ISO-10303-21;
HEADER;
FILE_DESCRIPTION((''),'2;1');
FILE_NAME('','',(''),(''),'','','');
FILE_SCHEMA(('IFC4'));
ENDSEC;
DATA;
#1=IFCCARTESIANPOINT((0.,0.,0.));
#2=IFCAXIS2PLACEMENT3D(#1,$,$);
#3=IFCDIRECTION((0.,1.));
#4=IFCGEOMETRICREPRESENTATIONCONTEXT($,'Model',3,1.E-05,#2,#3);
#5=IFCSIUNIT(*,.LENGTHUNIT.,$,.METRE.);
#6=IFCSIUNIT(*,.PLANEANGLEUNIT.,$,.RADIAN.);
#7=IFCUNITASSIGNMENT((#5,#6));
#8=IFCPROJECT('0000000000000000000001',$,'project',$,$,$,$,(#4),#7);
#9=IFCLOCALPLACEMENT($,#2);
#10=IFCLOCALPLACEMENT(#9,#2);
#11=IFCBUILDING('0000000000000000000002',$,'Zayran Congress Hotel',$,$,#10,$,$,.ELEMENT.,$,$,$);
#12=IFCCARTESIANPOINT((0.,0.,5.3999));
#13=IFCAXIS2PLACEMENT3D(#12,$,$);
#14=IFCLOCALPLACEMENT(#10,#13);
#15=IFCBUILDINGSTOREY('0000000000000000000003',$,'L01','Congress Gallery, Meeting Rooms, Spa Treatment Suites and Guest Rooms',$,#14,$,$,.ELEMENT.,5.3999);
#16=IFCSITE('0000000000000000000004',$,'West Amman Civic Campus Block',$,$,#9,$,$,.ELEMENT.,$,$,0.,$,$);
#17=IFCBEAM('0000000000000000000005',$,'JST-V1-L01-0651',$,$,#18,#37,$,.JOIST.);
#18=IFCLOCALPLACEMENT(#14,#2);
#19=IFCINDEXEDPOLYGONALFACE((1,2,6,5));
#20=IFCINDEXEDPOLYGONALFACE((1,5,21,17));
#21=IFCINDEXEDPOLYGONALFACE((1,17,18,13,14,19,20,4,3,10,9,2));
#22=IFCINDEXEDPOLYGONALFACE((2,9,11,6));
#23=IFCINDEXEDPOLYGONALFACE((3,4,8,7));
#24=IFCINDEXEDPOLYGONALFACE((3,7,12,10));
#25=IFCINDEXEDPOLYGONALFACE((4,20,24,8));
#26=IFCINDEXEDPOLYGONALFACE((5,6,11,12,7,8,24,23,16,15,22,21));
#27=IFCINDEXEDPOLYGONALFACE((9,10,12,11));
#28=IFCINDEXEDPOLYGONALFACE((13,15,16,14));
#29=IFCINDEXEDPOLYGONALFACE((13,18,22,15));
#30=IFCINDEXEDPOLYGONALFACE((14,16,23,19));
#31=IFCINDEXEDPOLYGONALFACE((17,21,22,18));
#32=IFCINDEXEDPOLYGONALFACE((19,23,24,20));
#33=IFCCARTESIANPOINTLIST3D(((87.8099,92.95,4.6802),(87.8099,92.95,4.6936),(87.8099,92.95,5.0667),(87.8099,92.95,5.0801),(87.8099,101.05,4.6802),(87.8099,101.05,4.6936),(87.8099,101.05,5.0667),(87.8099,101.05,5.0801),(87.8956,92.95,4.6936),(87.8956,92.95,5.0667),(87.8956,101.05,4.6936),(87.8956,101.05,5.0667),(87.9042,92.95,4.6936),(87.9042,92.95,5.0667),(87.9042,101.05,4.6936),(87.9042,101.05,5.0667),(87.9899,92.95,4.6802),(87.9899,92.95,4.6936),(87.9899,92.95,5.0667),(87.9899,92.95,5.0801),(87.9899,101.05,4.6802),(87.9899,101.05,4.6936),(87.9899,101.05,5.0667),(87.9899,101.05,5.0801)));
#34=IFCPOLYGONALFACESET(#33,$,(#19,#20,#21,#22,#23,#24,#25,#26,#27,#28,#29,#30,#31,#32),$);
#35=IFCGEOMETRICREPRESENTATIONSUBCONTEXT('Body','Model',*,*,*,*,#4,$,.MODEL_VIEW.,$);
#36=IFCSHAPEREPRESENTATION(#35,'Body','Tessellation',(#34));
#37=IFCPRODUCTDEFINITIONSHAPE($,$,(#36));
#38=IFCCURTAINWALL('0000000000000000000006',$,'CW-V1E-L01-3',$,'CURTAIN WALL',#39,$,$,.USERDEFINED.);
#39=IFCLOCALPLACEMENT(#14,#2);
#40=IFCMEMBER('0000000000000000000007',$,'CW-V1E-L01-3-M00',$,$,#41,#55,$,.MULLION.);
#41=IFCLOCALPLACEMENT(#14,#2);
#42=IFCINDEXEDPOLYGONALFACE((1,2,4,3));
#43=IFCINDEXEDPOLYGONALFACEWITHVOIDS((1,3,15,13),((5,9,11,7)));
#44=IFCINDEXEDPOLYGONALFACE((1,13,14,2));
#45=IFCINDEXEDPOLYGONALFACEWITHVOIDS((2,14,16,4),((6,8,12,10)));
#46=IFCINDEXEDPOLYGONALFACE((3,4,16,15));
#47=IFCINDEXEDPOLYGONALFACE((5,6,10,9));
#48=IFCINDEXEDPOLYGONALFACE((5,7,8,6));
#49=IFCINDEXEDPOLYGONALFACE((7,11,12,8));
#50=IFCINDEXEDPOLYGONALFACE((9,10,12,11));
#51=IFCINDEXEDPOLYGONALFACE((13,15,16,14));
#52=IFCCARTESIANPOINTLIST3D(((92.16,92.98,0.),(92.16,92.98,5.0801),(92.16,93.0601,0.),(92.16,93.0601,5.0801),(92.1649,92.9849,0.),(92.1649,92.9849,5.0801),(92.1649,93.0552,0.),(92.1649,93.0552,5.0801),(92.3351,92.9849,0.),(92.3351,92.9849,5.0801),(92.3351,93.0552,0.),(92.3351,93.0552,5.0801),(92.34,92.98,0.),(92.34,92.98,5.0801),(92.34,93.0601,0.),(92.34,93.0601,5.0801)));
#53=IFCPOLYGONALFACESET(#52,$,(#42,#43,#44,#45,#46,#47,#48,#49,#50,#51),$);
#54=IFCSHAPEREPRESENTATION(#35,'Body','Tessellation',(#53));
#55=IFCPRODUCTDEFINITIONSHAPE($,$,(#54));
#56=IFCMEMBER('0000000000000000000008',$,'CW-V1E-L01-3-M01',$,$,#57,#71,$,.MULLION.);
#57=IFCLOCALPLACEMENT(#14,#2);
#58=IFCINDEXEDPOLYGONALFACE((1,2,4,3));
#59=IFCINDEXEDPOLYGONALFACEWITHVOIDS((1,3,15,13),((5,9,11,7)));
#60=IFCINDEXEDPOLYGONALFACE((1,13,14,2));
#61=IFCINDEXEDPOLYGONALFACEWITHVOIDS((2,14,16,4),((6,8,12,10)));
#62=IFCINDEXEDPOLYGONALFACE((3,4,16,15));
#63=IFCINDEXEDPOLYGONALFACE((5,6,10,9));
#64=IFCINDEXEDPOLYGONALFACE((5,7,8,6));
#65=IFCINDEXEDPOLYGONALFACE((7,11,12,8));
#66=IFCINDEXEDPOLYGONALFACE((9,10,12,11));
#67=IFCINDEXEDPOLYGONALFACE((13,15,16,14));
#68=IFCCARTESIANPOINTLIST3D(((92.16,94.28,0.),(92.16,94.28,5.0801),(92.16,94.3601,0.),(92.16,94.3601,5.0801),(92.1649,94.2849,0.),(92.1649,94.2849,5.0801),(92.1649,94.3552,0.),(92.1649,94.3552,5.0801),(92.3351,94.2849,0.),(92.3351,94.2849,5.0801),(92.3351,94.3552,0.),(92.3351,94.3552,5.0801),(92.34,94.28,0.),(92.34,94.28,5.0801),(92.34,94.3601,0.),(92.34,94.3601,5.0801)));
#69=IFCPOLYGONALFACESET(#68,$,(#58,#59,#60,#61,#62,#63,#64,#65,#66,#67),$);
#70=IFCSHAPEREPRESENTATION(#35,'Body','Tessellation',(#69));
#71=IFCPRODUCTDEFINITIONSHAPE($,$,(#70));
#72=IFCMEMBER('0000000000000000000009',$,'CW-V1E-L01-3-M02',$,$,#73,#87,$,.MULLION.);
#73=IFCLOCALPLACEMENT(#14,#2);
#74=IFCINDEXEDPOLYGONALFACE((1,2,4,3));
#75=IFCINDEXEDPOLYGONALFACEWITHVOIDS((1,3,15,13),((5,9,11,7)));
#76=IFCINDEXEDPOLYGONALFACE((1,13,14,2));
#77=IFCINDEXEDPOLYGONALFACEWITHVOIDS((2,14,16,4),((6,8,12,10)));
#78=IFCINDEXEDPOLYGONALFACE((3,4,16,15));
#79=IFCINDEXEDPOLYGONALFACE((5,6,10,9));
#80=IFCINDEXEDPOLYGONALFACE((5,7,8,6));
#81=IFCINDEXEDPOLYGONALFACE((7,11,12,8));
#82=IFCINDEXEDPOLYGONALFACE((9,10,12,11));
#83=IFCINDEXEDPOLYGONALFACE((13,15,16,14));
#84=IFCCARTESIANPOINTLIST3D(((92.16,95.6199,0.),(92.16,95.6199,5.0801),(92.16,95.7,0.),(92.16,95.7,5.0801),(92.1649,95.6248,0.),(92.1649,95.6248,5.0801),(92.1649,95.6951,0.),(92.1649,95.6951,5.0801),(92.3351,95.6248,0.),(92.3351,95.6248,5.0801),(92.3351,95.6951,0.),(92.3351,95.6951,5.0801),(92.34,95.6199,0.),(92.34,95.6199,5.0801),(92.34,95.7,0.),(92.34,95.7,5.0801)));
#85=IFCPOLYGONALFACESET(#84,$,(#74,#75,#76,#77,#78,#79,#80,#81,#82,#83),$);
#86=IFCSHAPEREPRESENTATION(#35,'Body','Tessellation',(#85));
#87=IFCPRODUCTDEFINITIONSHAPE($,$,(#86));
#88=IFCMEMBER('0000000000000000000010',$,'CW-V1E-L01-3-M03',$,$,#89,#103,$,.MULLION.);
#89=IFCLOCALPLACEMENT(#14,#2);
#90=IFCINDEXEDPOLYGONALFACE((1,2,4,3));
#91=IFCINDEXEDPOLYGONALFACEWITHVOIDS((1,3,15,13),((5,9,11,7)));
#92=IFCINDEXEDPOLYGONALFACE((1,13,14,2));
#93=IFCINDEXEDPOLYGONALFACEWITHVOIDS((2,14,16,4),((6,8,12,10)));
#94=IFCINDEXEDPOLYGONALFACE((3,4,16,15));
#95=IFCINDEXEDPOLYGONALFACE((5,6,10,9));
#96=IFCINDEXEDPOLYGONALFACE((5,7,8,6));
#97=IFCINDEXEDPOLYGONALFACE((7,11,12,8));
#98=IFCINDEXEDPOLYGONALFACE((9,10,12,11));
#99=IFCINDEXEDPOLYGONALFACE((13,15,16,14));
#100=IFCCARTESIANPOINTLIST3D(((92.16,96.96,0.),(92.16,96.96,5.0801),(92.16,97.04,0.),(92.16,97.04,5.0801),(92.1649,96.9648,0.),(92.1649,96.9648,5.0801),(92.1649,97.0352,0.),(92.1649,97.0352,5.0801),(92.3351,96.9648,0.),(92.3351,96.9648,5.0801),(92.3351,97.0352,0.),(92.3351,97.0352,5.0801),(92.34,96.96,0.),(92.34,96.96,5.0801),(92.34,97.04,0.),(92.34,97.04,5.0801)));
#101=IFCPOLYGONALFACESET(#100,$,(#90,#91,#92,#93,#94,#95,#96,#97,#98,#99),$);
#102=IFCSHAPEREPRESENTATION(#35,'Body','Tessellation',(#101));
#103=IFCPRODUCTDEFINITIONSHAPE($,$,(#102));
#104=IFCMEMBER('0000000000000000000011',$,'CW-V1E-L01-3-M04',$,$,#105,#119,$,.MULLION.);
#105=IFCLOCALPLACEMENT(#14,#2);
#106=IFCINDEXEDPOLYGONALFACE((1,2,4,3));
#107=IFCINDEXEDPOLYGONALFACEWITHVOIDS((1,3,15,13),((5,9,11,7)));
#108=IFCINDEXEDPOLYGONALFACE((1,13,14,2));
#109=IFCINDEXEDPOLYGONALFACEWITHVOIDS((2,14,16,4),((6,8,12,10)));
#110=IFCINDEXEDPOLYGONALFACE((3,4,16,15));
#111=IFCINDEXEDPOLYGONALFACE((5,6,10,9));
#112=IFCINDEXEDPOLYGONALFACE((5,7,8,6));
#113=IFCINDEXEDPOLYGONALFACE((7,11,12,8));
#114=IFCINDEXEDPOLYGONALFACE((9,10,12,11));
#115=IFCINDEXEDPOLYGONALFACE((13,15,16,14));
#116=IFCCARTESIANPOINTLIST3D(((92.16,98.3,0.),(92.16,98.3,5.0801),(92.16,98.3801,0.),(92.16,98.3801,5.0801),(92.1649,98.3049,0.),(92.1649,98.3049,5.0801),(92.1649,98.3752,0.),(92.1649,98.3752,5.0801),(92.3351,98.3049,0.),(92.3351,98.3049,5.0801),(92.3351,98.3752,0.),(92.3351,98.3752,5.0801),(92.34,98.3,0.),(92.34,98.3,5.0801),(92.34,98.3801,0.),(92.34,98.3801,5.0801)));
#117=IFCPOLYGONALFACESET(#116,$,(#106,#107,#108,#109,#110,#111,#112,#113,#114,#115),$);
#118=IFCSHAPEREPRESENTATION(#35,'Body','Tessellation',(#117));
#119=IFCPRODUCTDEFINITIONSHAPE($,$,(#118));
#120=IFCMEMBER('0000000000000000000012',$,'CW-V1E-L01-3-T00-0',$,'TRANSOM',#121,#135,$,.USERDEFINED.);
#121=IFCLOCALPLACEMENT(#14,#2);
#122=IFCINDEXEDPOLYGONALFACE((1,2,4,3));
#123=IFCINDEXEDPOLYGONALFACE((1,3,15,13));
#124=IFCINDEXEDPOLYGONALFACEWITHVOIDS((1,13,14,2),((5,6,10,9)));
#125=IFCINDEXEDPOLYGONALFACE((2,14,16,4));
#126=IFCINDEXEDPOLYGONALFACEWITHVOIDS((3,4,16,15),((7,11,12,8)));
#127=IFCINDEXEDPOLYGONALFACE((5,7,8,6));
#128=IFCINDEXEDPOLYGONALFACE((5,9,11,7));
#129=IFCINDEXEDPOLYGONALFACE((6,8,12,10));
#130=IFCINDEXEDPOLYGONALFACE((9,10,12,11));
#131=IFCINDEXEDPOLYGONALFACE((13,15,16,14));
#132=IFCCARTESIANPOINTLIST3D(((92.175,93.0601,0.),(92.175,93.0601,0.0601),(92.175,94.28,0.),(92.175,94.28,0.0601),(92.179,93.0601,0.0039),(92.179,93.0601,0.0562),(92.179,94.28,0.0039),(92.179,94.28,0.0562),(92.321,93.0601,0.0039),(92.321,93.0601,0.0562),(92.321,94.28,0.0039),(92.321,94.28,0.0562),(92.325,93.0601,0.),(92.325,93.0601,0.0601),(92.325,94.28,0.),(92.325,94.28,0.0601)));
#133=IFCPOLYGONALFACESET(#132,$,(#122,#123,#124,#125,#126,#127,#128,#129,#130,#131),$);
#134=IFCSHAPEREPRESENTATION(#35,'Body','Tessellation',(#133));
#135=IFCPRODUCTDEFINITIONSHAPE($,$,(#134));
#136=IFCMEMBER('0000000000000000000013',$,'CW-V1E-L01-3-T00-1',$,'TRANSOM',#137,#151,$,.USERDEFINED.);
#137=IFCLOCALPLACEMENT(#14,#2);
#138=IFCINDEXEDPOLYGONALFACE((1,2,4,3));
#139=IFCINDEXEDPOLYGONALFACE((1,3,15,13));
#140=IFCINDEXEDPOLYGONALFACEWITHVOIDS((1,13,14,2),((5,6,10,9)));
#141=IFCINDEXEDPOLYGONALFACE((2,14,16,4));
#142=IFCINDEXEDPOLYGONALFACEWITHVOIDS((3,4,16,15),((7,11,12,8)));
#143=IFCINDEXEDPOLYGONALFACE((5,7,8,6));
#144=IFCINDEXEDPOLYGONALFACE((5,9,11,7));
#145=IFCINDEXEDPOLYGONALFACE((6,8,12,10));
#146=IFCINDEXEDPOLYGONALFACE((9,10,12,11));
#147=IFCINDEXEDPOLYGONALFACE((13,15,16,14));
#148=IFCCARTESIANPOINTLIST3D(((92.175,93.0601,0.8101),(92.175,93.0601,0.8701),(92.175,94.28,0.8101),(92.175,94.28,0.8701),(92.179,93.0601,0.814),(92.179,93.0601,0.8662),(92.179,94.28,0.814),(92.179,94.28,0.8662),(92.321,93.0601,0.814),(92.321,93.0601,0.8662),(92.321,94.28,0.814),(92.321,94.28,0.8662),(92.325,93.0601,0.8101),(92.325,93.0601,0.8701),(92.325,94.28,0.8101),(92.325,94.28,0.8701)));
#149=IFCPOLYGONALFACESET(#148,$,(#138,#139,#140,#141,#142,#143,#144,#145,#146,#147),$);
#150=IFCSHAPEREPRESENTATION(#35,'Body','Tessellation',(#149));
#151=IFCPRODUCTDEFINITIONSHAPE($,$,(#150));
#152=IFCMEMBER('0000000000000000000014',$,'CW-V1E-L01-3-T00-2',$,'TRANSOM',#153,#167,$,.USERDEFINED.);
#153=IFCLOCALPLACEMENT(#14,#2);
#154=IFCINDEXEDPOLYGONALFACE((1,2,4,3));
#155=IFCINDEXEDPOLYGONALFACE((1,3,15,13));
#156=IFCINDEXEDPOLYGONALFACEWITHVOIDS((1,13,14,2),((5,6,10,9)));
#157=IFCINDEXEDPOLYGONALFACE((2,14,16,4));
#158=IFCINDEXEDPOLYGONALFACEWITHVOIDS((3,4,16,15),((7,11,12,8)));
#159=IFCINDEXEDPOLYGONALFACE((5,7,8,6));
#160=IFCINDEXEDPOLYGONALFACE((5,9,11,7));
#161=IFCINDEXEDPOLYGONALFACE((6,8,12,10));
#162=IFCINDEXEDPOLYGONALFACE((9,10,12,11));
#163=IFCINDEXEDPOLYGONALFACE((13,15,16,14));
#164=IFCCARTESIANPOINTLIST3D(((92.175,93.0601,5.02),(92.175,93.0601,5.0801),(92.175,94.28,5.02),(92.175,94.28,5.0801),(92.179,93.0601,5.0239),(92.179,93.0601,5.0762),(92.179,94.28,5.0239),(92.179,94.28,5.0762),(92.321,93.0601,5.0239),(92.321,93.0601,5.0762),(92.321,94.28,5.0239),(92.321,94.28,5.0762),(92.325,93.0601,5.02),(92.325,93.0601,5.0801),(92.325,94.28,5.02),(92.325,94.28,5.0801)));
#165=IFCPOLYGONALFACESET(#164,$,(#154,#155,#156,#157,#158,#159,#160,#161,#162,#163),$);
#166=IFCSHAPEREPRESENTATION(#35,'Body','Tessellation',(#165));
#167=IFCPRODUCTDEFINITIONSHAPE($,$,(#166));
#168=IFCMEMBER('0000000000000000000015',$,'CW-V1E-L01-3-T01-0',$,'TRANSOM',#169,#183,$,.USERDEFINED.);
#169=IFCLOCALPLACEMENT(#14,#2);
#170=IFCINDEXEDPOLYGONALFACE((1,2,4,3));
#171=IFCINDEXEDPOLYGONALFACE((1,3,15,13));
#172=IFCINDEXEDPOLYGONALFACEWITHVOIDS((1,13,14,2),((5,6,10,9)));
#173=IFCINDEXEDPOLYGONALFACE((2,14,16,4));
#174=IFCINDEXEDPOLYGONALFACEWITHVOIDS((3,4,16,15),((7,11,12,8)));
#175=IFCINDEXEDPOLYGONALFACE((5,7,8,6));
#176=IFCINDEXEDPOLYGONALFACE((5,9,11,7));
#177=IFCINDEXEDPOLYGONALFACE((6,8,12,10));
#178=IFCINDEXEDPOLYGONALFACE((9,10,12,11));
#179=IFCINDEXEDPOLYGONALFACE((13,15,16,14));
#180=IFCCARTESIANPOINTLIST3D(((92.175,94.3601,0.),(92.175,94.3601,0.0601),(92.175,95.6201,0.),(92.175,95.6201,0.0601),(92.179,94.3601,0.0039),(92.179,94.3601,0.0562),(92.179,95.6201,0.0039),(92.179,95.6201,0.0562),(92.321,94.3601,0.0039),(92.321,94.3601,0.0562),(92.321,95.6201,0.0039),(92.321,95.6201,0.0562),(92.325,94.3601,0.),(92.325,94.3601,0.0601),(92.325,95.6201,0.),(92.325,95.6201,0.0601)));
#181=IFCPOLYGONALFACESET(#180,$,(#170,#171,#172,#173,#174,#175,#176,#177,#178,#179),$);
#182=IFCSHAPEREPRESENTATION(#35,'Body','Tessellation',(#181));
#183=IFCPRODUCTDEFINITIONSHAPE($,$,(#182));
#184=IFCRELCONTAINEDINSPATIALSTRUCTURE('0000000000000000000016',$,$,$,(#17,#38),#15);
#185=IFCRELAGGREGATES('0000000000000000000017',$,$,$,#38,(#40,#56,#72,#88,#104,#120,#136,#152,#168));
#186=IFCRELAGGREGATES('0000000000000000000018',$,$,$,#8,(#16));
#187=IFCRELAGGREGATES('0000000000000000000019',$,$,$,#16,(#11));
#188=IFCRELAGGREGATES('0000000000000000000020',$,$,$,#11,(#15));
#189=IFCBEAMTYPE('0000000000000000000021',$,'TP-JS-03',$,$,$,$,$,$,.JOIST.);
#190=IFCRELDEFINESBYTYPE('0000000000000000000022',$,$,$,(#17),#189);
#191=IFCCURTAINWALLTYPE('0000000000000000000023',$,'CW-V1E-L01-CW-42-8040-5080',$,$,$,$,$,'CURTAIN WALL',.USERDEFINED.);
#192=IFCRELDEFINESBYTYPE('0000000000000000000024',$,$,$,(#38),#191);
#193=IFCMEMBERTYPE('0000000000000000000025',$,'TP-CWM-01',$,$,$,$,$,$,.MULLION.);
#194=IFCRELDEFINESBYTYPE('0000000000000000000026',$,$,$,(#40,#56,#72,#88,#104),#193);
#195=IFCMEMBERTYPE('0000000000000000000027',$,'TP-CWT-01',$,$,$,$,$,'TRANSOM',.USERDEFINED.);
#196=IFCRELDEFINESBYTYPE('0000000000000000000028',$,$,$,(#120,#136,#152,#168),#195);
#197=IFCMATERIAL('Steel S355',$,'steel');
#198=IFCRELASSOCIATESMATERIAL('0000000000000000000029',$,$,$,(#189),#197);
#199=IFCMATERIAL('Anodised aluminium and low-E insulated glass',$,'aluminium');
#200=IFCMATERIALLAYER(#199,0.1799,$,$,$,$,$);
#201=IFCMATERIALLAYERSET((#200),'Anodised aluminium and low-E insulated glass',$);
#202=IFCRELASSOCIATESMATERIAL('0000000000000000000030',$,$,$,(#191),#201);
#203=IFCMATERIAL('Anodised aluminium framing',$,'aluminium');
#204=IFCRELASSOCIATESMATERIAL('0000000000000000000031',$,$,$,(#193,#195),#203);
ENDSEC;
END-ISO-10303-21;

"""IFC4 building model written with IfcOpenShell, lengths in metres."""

from ifc_helpers import new_model, si_unit, direction, frame, origin, origin_2d, place, context, subcontext, project, spatial, hollow_rectangle, i_section, extrude, material, layer, layer_set, material_profile, profile_set, type_object, element, aggregate, save


model = new_model("IFC4")

# Units and contexts
model_context = context("Model", 3, precision=1e-05, world=origin(), true_north=direction((0.0, 1.0)))
body_context = subcontext(model_context, "Body", "Model", "MODEL_VIEW")
ifc_project = project(units=[si_unit("LENGTHUNIT", "METRE"), si_unit("PLANEANGLEUNIT", "RADIAN")], contexts=[model_context])

# Site, building, storey
site_placement = place(None, origin())
site = spatial("IfcSite", under=ifc_project, at=site_placement, Name="West Amman Civic Campus Block", CompositionType="ELEMENT", RefElevation=0.0)
building_placement = place(site_placement, origin())
building = spatial("IfcBuilding", under=site, at=building_placement, Name="Zayran Congress Hotel", CompositionType="ELEMENT")
storey_placement = place(building_placement, frame((0.0, 0.0, 5.3999)))
storey = spatial("IfcBuildingStorey", under=building, at=storey_placement, Name="L01", Description="Congress Gallery, Meeting Rooms, Spa Treatment Suites and Guest Rooms", CompositionType="ELEMENT", Elevation=5.3999)

# Beam
ifc_material_1 = material(Name="Steel S355", Category="steel")
ifc_material_profile_1 = material_profile(ifc_material_1, i_section(OverallWidth=0.1799, OverallDepth=0.3999, WebThickness=0.0085, FlangeThickness=0.0134, at=origin_2d()), Name="IPE 400")
ifc_profile_set_1 = profile_set([ifc_material_profile_1], Name="Steel S355")
beam_type = type_object("IfcBeamType", Name="TP-JS-03", PredefinedType="JOIST", material=ifc_profile_set_1)
beam_placement = place(storey_placement, frame((87.8999, 92.95, 4.8801), z_axis=(0.0, 1.0, 0.0), x_axis=(-1.0, 0.0, 0.0)))
element("IfcBeam", 1, at=beam_placement, inside=storey, type_object=beam_type, Name="JST-V1-L01-0651", PredefinedType="JOIST", context=body_context, shape_type="SweptSolid", body=[
    extrude(i_section(OverallWidth=0.1799, OverallDepth=0.3999, WebThickness=0.0085, FlangeThickness=0.0134, at=origin_2d()), origin(), (0.0, 0.0, 1.0), 8.1001),
])

# Curtain wall, members
ifc_material_2 = material(Name="Anodised aluminium and low-E insulated glass", Category="aluminium")
ifc_layer_1 = layer(ifc_material_2, 0.1799)
ifc_layer_set_1 = layer_set([ifc_layer_1], Name="Anodised aluminium and low-E insulated glass")
curtain_wall_type = type_object("IfcCurtainWallType", Name="CW-V1E-L01-CW-42-8040-5080", ElementType="CURTAIN WALL", PredefinedType="USERDEFINED", material=ifc_layer_set_1)
curtain_wall_placement = place(storey_placement, origin())
curtain_wall = element("IfcCurtainWall", 2, at=curtain_wall_placement, inside=storey, type_object=curtain_wall_type, Name="CW-V1E-L01-3", ObjectType="CURTAIN WALL", PredefinedType="USERDEFINED")
ifc_material_3 = material(Name="Anodised aluminium framing", Category="aluminium")
ifc_material_profile_2 = material_profile(ifc_material_3, hollow_rectangle(XDim=0.0801, YDim=0.1799, WallThickness=0.0049, at=origin_2d()), Name="RHS 180x80x5")
ifc_profile_set_2 = profile_set([ifc_material_profile_2], Name="Anodised aluminium framing")
member_type_1 = type_object("IfcMemberType", Name="TP-CWM-01", PredefinedType="MULLION", material=ifc_profile_set_2)
member_1_placement = place(storey_placement, frame((92.25, 93.02, 0.0), z_axis=(0.0, 0.0, 1.0), x_axis=(0.0, 1.0, 0.0)))
member_1 = element("IfcMember", 3, at=member_1_placement, type_object=member_type_1, Name="CW-V1E-L01-3-M00", PredefinedType="MULLION", context=body_context, shape_type="SweptSolid", body=[
    extrude(hollow_rectangle(XDim=0.0801, YDim=0.1799, WallThickness=0.0049, at=origin_2d()), origin(), (0.0, 0.0, 1.0), 5.0801),
])
member_2_placement = place(storey_placement, frame((92.25, 94.3201, 0.0), z_axis=(0.0, 0.0, 1.0), x_axis=(0.0, 1.0, 0.0)))
member_2 = element("IfcMember", 4, at=member_2_placement, type_object=member_type_1, Name="CW-V1E-L01-3-M01", PredefinedType="MULLION", context=body_context, shape_type="SweptSolid", body=[
    extrude(hollow_rectangle(XDim=0.0801, YDim=0.1799, WallThickness=0.0049, at=origin_2d()), origin(), (0.0, 0.0, 1.0), 5.0801),
])
member_3_placement = place(storey_placement, frame((92.25, 95.6599, 0.0), z_axis=(0.0, 0.0, 1.0), x_axis=(0.0, 1.0, 0.0)))
member_3 = element("IfcMember", 5, at=member_3_placement, type_object=member_type_1, Name="CW-V1E-L01-3-M02", PredefinedType="MULLION", context=body_context, shape_type="SweptSolid", body=[
    extrude(hollow_rectangle(XDim=0.0801, YDim=0.1799, WallThickness=0.0049, at=origin_2d()), origin(), (0.0, 0.0, 1.0), 5.0801),
])
member_4_placement = place(storey_placement, frame((92.25, 97.0, 0.0), z_axis=(0.0, 0.0, 1.0), x_axis=(0.0, 1.0, 0.0)))
member_4 = element("IfcMember", 6, at=member_4_placement, type_object=member_type_1, Name="CW-V1E-L01-3-M03", PredefinedType="MULLION", context=body_context, shape_type="SweptSolid", body=[
    extrude(hollow_rectangle(XDim=0.0801, YDim=0.1799, WallThickness=0.0049, at=origin_2d()), origin(), (0.0, 0.0, 1.0), 5.0801),
])
member_5_placement = place(storey_placement, frame((92.25, 98.3401, 0.0), z_axis=(0.0, 0.0, 1.0), x_axis=(0.0, 1.0, 0.0)))
member_5 = element("IfcMember", 7, at=member_5_placement, type_object=member_type_1, Name="CW-V1E-L01-3-M04", PredefinedType="MULLION", context=body_context, shape_type="SweptSolid", body=[
    extrude(hollow_rectangle(XDim=0.0801, YDim=0.1799, WallThickness=0.0049, at=origin_2d()), origin(), (0.0, 0.0, 1.0), 5.0801),
])
ifc_material_profile_3 = material_profile(ifc_material_3, hollow_rectangle(XDim=0.0601, YDim=0.1499, WallThickness=0.0039, at=origin_2d()), Name="RHS 150x60x4")
ifc_profile_set_3 = profile_set([ifc_material_profile_3], Name="Anodised aluminium framing")
member_type_2 = type_object("IfcMemberType", Name="TP-CWT-01", ElementType="TRANSOM", PredefinedType="USERDEFINED", material=ifc_profile_set_3)
member_6_placement = place(storey_placement, frame((92.25, 93.0601, 0.03), z_axis=(0.0, 1.0, 0.0), x_axis=(0.0, 0.0, 1.0)))
member_6 = element("IfcMember", 8, at=member_6_placement, type_object=member_type_2, Name="CW-V1E-L01-3-T00-0", ObjectType="TRANSOM", PredefinedType="USERDEFINED", context=body_context, shape_type="SweptSolid", body=[
    extrude(hollow_rectangle(XDim=0.0601, YDim=0.1499, WallThickness=0.0039, at=origin_2d()), origin(), (0.0, 0.0, 1.0), 1.22),
])
member_7_placement = place(storey_placement, frame((92.25, 93.0601, 0.8401), z_axis=(0.0, 1.0, 0.0), x_axis=(0.0, 0.0, 1.0)))
member_7 = element("IfcMember", 9, at=member_7_placement, type_object=member_type_2, Name="CW-V1E-L01-3-T00-1", ObjectType="TRANSOM", PredefinedType="USERDEFINED", context=body_context, shape_type="SweptSolid", body=[
    extrude(hollow_rectangle(XDim=0.0601, YDim=0.1499, WallThickness=0.0039, at=origin_2d()), origin(), (0.0, 0.0, 1.0), 1.22),
])
member_8_placement = place(storey_placement, frame((92.25, 93.0601, 5.05), z_axis=(0.0, 1.0, 0.0), x_axis=(0.0, 0.0, 1.0)))
member_8 = element("IfcMember", 10, at=member_8_placement, type_object=member_type_2, Name="CW-V1E-L01-3-T00-2", ObjectType="TRANSOM", PredefinedType="USERDEFINED", context=body_context, shape_type="SweptSolid", body=[
    extrude(hollow_rectangle(XDim=0.0601, YDim=0.1499, WallThickness=0.0039, at=origin_2d()), origin(), (0.0, 0.0, 1.0), 1.22),
])
member_9_placement = place(storey_placement, frame((92.25, 94.3601, 0.03), z_axis=(0.0, 1.0, 0.0), x_axis=(0.0, 0.0, 1.0)))
member_9 = element("IfcMember", 11, at=member_9_placement, type_object=member_type_2, Name="CW-V1E-L01-3-T01-0", ObjectType="TRANSOM", PredefinedType="USERDEFINED", context=body_context, shape_type="SweptSolid", body=[
    extrude(hollow_rectangle(XDim=0.0601, YDim=0.1499, WallThickness=0.0039, at=origin_2d()), origin(), (0.0, 0.0, 1.0), 1.26),
])
aggregate(curtain_wall, [member_1, member_2, member_3, member_4, member_5, member_6, member_7, member_8, member_9])

save(model, "model.ifc")
